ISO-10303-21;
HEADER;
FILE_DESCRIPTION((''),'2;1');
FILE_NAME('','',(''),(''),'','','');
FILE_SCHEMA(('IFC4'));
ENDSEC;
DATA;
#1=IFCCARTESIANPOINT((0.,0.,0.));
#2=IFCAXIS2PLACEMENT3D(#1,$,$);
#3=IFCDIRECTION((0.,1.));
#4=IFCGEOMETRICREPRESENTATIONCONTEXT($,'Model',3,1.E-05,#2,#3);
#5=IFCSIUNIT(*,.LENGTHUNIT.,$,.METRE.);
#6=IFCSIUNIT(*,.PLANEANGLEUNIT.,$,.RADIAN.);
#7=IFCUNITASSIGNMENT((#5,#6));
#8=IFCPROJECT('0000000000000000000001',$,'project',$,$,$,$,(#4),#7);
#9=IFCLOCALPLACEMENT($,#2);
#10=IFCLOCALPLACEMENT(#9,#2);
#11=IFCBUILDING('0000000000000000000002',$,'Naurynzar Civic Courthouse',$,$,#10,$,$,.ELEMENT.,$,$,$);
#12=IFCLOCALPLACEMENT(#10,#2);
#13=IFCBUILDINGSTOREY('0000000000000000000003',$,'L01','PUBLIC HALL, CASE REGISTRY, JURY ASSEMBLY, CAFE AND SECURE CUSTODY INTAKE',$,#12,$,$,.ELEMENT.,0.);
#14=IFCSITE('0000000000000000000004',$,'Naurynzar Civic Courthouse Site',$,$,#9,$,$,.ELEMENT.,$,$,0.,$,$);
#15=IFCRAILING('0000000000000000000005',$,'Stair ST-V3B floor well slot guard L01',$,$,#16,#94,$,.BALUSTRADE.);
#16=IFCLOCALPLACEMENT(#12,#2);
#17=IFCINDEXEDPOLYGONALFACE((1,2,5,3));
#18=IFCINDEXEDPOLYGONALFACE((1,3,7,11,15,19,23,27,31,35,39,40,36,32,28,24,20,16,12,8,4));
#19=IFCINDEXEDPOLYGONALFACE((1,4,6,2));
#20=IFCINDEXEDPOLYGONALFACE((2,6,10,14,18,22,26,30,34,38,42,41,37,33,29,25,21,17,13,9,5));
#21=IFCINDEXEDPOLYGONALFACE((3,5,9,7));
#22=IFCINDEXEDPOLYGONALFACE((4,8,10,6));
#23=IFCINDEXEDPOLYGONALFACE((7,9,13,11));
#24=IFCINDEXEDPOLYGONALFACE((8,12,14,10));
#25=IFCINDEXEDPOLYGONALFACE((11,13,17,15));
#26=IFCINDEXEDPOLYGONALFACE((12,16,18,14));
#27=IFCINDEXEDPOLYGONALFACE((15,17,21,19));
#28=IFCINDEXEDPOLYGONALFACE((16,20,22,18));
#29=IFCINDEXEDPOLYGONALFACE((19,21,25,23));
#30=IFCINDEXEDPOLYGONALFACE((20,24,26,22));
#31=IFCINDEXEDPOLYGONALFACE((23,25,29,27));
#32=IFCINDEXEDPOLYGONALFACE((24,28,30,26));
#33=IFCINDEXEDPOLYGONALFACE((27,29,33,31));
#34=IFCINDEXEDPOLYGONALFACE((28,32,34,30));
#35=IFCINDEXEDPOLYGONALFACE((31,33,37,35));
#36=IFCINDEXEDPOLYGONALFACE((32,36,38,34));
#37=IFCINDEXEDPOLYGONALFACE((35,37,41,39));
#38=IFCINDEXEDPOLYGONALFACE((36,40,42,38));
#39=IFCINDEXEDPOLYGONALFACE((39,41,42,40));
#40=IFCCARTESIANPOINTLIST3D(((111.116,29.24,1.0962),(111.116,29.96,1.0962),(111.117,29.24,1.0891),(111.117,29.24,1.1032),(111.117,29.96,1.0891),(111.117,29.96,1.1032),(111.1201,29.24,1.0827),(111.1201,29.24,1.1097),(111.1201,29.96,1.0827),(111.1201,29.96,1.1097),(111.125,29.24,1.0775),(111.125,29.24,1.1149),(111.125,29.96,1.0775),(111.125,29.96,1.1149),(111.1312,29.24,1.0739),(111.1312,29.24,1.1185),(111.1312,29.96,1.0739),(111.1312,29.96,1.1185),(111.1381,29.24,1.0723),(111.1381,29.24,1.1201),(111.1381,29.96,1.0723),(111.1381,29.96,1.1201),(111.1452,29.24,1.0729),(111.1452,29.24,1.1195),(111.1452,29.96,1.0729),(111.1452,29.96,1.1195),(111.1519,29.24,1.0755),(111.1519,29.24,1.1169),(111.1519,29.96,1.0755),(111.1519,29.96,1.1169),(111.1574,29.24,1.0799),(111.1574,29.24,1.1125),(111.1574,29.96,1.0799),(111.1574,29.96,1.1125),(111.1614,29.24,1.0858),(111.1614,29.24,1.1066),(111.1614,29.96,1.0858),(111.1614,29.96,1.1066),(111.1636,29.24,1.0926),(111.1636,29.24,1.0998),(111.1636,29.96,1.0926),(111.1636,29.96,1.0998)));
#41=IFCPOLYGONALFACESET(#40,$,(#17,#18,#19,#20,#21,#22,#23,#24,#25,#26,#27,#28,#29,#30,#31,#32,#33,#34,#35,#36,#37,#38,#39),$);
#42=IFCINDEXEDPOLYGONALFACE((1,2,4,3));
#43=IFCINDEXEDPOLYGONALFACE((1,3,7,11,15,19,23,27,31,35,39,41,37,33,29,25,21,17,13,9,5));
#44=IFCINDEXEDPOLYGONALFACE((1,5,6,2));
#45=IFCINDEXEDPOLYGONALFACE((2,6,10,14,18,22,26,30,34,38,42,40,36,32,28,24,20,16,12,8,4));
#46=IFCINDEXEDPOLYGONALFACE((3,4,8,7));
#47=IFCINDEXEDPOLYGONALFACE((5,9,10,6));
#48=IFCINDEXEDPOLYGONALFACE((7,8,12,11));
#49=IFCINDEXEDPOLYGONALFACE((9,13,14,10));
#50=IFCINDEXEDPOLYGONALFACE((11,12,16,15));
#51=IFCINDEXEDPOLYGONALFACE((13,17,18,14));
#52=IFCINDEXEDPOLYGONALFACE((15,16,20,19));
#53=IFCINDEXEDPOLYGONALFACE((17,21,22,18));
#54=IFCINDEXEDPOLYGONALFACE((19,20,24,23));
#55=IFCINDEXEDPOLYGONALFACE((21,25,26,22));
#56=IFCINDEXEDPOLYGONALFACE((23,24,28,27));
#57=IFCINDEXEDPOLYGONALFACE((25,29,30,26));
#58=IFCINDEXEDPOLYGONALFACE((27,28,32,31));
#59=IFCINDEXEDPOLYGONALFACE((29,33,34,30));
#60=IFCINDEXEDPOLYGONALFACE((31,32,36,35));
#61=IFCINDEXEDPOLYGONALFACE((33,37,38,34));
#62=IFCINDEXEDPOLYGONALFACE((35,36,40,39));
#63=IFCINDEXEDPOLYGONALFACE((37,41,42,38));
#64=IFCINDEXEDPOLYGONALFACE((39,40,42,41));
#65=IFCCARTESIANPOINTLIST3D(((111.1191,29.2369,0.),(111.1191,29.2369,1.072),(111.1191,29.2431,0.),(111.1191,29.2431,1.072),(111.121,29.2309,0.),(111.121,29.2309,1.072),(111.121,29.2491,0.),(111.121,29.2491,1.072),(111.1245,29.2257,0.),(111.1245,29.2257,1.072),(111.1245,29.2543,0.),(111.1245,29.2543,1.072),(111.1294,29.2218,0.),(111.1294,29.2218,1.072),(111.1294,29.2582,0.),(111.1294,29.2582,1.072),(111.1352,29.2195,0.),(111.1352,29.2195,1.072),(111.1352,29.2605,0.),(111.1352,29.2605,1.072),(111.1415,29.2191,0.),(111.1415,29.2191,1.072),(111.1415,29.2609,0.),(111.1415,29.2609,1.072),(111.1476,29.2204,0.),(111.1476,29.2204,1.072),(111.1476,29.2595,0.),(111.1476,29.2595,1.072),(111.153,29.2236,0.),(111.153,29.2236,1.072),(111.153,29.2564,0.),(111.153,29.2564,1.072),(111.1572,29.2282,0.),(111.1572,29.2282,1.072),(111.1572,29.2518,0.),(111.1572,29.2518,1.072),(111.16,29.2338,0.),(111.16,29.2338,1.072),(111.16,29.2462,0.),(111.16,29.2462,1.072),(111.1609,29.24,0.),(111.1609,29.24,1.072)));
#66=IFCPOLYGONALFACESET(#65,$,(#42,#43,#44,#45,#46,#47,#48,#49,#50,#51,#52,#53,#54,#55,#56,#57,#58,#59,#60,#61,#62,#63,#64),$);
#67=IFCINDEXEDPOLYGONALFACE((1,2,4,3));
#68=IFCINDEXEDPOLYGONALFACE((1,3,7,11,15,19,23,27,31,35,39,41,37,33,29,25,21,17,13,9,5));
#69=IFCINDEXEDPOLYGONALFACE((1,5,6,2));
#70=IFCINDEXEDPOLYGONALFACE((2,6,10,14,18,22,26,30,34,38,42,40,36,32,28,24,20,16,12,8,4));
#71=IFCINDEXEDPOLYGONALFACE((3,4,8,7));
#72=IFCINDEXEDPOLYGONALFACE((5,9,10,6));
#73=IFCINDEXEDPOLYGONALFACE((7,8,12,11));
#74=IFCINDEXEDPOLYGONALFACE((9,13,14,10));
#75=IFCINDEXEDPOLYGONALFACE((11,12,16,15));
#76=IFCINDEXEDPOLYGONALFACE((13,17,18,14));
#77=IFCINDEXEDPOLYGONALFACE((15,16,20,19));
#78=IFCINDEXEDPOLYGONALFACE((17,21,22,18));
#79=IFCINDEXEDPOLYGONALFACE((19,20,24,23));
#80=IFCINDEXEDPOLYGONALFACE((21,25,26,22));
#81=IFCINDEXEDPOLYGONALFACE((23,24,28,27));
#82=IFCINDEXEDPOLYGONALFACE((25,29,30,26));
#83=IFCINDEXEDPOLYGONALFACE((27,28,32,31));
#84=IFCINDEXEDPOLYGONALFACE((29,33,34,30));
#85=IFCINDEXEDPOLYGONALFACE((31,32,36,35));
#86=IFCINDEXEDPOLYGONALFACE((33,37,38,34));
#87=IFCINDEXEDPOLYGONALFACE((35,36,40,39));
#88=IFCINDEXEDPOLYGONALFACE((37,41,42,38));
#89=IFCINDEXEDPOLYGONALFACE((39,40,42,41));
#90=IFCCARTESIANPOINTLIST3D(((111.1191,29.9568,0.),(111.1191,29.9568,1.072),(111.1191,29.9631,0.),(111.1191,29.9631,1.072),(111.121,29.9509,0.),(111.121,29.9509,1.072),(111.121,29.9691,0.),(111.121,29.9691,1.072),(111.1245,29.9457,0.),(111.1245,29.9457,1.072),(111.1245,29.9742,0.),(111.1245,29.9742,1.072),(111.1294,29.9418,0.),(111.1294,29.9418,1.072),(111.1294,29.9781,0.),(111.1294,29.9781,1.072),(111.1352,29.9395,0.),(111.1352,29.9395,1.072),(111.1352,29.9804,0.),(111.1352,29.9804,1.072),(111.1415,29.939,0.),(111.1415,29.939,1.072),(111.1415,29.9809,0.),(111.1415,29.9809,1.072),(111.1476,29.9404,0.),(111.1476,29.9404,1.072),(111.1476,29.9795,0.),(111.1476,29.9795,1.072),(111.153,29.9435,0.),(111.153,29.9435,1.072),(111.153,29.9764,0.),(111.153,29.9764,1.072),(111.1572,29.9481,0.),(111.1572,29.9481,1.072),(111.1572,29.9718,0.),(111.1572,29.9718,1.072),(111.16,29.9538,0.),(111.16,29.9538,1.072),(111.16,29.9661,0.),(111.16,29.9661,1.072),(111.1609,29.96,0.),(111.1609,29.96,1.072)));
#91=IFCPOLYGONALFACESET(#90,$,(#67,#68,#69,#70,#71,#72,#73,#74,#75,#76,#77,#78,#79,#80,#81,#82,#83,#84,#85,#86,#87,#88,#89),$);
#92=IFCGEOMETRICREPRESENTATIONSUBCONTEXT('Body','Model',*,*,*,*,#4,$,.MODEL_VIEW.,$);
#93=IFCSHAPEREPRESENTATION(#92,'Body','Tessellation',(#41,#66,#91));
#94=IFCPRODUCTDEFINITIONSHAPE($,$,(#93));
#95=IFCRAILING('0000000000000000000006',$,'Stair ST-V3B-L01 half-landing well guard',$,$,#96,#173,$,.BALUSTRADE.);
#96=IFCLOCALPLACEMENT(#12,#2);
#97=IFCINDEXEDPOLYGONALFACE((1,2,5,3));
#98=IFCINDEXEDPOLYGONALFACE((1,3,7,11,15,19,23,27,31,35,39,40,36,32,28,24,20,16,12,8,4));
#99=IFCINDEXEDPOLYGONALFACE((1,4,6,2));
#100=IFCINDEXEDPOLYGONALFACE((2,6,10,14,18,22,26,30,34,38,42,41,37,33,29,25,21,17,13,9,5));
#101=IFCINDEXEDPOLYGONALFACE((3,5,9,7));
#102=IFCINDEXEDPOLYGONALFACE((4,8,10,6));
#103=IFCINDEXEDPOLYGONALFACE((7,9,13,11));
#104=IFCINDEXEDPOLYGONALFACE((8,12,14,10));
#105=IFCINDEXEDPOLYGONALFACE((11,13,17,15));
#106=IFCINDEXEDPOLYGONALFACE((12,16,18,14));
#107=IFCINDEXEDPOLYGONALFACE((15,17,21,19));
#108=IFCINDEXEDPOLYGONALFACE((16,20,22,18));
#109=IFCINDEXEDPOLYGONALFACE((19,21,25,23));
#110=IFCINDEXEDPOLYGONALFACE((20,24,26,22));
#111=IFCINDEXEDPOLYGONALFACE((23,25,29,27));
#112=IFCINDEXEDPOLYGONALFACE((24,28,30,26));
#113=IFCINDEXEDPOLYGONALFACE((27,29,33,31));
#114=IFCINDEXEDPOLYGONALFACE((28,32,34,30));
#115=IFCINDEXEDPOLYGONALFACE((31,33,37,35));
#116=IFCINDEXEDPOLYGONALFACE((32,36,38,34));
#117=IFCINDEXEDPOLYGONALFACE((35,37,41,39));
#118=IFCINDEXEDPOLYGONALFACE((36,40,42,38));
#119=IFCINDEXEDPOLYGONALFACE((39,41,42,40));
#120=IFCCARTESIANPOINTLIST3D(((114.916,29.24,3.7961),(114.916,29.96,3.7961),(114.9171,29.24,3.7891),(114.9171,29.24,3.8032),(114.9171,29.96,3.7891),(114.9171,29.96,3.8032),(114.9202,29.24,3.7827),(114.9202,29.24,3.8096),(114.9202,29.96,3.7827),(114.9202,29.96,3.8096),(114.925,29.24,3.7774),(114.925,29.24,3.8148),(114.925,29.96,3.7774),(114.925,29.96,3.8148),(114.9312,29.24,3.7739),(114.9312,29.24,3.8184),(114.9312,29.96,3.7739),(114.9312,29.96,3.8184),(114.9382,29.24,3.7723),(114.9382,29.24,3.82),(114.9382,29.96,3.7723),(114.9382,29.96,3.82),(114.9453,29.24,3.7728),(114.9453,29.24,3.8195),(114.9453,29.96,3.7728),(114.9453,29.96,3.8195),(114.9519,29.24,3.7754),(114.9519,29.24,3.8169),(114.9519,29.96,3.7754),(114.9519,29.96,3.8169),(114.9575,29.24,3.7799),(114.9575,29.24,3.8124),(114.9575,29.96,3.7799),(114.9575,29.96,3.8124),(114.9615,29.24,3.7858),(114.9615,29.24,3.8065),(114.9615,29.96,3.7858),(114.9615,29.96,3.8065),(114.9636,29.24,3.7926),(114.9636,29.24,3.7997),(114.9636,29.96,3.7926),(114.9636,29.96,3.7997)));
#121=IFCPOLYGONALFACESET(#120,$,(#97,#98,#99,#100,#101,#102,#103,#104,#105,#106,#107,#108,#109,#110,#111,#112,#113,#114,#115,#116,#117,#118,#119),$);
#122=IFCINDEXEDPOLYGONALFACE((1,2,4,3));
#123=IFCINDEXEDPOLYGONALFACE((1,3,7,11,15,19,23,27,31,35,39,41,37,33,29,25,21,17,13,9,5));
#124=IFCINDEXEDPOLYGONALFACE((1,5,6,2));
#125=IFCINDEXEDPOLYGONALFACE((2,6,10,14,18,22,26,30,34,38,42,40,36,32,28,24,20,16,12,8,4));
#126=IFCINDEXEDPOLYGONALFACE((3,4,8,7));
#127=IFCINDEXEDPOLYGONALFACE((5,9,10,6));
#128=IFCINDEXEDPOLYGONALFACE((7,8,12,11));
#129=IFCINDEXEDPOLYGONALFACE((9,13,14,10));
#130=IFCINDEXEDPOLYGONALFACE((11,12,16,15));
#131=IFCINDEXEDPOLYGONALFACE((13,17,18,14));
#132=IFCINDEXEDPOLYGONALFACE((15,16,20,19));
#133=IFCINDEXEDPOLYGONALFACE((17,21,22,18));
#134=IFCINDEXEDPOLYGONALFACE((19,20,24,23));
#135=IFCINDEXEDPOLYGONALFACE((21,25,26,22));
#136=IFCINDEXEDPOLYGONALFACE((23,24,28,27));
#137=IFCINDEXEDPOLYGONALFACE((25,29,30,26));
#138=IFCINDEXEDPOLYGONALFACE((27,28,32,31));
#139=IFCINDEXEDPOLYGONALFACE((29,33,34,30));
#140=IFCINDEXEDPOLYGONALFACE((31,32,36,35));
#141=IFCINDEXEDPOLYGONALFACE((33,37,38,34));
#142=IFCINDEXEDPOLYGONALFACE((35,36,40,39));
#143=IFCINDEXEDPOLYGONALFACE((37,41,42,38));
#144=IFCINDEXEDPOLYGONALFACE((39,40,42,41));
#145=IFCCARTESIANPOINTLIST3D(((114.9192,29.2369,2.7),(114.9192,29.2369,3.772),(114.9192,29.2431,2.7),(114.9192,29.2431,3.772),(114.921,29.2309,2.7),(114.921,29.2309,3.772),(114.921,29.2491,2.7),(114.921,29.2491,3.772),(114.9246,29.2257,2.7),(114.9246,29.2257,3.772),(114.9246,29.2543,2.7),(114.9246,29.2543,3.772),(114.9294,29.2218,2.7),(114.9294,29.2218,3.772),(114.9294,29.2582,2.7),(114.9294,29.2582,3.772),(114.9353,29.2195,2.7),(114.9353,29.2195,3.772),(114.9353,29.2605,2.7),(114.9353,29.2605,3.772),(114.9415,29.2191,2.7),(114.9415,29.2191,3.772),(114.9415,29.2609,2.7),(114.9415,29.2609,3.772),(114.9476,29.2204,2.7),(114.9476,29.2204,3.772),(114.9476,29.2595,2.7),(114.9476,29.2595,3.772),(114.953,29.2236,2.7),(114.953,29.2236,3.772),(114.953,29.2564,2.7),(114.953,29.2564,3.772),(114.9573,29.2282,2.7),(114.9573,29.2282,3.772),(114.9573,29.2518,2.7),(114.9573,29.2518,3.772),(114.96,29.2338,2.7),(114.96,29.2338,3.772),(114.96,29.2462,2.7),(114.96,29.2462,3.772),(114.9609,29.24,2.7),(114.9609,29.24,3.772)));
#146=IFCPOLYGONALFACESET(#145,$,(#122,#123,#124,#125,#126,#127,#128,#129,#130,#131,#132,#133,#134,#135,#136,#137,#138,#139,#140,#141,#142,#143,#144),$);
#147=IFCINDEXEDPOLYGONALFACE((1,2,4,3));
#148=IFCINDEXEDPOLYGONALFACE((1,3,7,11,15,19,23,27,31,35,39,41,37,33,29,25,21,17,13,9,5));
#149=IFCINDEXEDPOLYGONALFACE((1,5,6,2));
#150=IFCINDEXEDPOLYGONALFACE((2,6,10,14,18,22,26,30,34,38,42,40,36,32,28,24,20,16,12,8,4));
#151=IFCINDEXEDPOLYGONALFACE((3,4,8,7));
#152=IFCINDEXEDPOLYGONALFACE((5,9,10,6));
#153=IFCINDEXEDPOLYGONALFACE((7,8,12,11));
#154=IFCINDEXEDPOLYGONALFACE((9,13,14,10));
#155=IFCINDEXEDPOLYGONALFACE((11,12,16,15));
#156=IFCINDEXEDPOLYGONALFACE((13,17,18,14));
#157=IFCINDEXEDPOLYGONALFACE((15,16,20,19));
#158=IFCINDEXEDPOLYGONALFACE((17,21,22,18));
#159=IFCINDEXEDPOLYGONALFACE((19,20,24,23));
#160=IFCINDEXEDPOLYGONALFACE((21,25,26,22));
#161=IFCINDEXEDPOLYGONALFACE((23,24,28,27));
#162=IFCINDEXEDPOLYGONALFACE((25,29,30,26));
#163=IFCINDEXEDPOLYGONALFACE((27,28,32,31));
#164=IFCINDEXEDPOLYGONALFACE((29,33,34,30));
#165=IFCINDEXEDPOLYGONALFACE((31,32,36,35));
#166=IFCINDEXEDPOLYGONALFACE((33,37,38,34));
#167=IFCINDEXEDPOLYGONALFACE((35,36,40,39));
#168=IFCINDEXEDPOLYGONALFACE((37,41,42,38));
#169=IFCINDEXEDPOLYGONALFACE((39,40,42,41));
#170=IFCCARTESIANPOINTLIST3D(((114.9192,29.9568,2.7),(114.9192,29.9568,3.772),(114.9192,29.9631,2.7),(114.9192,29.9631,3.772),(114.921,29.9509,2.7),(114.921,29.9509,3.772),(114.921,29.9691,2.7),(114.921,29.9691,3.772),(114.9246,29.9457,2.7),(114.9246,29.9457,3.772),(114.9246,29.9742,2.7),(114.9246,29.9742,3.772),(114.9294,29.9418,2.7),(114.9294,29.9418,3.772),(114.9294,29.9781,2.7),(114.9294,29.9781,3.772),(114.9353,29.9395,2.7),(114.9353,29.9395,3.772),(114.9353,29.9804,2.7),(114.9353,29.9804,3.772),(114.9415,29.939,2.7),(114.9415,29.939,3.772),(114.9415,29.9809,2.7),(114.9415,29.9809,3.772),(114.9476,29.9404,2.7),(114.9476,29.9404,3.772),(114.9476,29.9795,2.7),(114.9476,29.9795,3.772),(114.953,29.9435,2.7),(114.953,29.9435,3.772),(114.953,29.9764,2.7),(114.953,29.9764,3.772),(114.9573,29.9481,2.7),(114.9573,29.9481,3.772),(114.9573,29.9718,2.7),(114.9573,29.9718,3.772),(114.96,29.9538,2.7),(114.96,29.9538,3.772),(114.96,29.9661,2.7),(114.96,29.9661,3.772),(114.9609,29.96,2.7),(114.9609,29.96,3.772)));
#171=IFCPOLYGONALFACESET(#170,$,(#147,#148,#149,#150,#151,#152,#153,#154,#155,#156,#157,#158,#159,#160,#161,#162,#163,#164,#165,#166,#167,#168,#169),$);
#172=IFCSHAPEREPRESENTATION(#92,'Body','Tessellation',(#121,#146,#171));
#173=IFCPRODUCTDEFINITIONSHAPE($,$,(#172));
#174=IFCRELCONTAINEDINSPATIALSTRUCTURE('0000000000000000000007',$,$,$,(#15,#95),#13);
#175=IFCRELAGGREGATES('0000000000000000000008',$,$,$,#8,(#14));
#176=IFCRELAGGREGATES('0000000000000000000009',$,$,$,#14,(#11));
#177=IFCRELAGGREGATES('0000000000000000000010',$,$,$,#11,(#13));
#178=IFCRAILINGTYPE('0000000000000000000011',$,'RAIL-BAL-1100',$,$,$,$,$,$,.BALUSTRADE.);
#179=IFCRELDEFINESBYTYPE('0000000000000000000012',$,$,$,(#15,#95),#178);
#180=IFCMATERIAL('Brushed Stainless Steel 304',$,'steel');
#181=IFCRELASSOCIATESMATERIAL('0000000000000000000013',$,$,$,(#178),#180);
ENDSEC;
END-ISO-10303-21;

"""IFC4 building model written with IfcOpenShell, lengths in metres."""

from ifc_helpers import new_model, si_unit, direction, frame, origin, origin_2d, place, context, subcontext, project, spatial, circle, extrude, material, type_object, element, save


model = new_model("IFC4")

# Units and contexts
model_context = context("Model", 3, precision=1e-05, world=origin(), true_north=direction((0.0, 1.0)))
body_context = subcontext(model_context, "Body", "Model", "MODEL_VIEW")
ifc_project = project(units=[si_unit("LENGTHUNIT", "METRE"), si_unit("PLANEANGLEUNIT", "RADIAN")], contexts=[model_context])

# Site, building, storey
site_placement = place(None, origin())
site = spatial("IfcSite", under=ifc_project, at=site_placement, Name="Naurynzar Civic Courthouse Site", CompositionType="ELEMENT", RefElevation=0.0)
building_placement = place(site_placement, origin())
building = spatial("IfcBuilding", under=site, at=building_placement, Name="Naurynzar Civic Courthouse", CompositionType="ELEMENT")
storey_placement = place(building_placement, origin())
storey = spatial("IfcBuildingStorey", under=building, at=storey_placement, Name="L01", Description="PUBLIC HALL, CASE REGISTRY, JURY ASSEMBLY, CAFE AND SECURE CUSTODY INTAKE", CompositionType="ELEMENT", Elevation=0.0)

# Railings
ifc_material_1 = material(Name="Brushed Stainless Steel 304", Category="steel")
railing_type_1 = type_object("IfcRailingType", Name="RAIL-BAL-1100", PredefinedType="BALUSTRADE", material=ifc_material_1)
for number, where, name in (
    (1, (111.1399, 29.24, 0.0), "Stair ST-V3B floor well slot guard L01"),
    (2, (114.9399, 29.24, 2.7), "Stair ST-V3B-L01 half-landing well guard"),
):
    element("IfcRailing", number, at=place(storey_placement, frame(where)), inside=storey, type_object=railing_type_1, Name=name, PredefinedType="BALUSTRADE", context=body_context, shape_type="SweptSolid", body=[
        extrude(circle(Radius=0.0239, at=origin_2d()), frame((0.0, 0.0, 1.0962), z_axis=(0.0, 1.0, 0.0), x_axis=(-1.0, 0.0, 0.0)), (0.0, 0.0, 1.0), 0.72),
        extrude(circle(Radius=0.021, at=origin_2d()), origin(), (0.0, 0.0, 1.0), 1.072),
        extrude(circle(Radius=0.021, at=origin_2d()), frame((0.0, 0.72, 0.0)), (0.0, 0.0, 1.0), 1.072),
    ])

save(model, "model.ifc")
